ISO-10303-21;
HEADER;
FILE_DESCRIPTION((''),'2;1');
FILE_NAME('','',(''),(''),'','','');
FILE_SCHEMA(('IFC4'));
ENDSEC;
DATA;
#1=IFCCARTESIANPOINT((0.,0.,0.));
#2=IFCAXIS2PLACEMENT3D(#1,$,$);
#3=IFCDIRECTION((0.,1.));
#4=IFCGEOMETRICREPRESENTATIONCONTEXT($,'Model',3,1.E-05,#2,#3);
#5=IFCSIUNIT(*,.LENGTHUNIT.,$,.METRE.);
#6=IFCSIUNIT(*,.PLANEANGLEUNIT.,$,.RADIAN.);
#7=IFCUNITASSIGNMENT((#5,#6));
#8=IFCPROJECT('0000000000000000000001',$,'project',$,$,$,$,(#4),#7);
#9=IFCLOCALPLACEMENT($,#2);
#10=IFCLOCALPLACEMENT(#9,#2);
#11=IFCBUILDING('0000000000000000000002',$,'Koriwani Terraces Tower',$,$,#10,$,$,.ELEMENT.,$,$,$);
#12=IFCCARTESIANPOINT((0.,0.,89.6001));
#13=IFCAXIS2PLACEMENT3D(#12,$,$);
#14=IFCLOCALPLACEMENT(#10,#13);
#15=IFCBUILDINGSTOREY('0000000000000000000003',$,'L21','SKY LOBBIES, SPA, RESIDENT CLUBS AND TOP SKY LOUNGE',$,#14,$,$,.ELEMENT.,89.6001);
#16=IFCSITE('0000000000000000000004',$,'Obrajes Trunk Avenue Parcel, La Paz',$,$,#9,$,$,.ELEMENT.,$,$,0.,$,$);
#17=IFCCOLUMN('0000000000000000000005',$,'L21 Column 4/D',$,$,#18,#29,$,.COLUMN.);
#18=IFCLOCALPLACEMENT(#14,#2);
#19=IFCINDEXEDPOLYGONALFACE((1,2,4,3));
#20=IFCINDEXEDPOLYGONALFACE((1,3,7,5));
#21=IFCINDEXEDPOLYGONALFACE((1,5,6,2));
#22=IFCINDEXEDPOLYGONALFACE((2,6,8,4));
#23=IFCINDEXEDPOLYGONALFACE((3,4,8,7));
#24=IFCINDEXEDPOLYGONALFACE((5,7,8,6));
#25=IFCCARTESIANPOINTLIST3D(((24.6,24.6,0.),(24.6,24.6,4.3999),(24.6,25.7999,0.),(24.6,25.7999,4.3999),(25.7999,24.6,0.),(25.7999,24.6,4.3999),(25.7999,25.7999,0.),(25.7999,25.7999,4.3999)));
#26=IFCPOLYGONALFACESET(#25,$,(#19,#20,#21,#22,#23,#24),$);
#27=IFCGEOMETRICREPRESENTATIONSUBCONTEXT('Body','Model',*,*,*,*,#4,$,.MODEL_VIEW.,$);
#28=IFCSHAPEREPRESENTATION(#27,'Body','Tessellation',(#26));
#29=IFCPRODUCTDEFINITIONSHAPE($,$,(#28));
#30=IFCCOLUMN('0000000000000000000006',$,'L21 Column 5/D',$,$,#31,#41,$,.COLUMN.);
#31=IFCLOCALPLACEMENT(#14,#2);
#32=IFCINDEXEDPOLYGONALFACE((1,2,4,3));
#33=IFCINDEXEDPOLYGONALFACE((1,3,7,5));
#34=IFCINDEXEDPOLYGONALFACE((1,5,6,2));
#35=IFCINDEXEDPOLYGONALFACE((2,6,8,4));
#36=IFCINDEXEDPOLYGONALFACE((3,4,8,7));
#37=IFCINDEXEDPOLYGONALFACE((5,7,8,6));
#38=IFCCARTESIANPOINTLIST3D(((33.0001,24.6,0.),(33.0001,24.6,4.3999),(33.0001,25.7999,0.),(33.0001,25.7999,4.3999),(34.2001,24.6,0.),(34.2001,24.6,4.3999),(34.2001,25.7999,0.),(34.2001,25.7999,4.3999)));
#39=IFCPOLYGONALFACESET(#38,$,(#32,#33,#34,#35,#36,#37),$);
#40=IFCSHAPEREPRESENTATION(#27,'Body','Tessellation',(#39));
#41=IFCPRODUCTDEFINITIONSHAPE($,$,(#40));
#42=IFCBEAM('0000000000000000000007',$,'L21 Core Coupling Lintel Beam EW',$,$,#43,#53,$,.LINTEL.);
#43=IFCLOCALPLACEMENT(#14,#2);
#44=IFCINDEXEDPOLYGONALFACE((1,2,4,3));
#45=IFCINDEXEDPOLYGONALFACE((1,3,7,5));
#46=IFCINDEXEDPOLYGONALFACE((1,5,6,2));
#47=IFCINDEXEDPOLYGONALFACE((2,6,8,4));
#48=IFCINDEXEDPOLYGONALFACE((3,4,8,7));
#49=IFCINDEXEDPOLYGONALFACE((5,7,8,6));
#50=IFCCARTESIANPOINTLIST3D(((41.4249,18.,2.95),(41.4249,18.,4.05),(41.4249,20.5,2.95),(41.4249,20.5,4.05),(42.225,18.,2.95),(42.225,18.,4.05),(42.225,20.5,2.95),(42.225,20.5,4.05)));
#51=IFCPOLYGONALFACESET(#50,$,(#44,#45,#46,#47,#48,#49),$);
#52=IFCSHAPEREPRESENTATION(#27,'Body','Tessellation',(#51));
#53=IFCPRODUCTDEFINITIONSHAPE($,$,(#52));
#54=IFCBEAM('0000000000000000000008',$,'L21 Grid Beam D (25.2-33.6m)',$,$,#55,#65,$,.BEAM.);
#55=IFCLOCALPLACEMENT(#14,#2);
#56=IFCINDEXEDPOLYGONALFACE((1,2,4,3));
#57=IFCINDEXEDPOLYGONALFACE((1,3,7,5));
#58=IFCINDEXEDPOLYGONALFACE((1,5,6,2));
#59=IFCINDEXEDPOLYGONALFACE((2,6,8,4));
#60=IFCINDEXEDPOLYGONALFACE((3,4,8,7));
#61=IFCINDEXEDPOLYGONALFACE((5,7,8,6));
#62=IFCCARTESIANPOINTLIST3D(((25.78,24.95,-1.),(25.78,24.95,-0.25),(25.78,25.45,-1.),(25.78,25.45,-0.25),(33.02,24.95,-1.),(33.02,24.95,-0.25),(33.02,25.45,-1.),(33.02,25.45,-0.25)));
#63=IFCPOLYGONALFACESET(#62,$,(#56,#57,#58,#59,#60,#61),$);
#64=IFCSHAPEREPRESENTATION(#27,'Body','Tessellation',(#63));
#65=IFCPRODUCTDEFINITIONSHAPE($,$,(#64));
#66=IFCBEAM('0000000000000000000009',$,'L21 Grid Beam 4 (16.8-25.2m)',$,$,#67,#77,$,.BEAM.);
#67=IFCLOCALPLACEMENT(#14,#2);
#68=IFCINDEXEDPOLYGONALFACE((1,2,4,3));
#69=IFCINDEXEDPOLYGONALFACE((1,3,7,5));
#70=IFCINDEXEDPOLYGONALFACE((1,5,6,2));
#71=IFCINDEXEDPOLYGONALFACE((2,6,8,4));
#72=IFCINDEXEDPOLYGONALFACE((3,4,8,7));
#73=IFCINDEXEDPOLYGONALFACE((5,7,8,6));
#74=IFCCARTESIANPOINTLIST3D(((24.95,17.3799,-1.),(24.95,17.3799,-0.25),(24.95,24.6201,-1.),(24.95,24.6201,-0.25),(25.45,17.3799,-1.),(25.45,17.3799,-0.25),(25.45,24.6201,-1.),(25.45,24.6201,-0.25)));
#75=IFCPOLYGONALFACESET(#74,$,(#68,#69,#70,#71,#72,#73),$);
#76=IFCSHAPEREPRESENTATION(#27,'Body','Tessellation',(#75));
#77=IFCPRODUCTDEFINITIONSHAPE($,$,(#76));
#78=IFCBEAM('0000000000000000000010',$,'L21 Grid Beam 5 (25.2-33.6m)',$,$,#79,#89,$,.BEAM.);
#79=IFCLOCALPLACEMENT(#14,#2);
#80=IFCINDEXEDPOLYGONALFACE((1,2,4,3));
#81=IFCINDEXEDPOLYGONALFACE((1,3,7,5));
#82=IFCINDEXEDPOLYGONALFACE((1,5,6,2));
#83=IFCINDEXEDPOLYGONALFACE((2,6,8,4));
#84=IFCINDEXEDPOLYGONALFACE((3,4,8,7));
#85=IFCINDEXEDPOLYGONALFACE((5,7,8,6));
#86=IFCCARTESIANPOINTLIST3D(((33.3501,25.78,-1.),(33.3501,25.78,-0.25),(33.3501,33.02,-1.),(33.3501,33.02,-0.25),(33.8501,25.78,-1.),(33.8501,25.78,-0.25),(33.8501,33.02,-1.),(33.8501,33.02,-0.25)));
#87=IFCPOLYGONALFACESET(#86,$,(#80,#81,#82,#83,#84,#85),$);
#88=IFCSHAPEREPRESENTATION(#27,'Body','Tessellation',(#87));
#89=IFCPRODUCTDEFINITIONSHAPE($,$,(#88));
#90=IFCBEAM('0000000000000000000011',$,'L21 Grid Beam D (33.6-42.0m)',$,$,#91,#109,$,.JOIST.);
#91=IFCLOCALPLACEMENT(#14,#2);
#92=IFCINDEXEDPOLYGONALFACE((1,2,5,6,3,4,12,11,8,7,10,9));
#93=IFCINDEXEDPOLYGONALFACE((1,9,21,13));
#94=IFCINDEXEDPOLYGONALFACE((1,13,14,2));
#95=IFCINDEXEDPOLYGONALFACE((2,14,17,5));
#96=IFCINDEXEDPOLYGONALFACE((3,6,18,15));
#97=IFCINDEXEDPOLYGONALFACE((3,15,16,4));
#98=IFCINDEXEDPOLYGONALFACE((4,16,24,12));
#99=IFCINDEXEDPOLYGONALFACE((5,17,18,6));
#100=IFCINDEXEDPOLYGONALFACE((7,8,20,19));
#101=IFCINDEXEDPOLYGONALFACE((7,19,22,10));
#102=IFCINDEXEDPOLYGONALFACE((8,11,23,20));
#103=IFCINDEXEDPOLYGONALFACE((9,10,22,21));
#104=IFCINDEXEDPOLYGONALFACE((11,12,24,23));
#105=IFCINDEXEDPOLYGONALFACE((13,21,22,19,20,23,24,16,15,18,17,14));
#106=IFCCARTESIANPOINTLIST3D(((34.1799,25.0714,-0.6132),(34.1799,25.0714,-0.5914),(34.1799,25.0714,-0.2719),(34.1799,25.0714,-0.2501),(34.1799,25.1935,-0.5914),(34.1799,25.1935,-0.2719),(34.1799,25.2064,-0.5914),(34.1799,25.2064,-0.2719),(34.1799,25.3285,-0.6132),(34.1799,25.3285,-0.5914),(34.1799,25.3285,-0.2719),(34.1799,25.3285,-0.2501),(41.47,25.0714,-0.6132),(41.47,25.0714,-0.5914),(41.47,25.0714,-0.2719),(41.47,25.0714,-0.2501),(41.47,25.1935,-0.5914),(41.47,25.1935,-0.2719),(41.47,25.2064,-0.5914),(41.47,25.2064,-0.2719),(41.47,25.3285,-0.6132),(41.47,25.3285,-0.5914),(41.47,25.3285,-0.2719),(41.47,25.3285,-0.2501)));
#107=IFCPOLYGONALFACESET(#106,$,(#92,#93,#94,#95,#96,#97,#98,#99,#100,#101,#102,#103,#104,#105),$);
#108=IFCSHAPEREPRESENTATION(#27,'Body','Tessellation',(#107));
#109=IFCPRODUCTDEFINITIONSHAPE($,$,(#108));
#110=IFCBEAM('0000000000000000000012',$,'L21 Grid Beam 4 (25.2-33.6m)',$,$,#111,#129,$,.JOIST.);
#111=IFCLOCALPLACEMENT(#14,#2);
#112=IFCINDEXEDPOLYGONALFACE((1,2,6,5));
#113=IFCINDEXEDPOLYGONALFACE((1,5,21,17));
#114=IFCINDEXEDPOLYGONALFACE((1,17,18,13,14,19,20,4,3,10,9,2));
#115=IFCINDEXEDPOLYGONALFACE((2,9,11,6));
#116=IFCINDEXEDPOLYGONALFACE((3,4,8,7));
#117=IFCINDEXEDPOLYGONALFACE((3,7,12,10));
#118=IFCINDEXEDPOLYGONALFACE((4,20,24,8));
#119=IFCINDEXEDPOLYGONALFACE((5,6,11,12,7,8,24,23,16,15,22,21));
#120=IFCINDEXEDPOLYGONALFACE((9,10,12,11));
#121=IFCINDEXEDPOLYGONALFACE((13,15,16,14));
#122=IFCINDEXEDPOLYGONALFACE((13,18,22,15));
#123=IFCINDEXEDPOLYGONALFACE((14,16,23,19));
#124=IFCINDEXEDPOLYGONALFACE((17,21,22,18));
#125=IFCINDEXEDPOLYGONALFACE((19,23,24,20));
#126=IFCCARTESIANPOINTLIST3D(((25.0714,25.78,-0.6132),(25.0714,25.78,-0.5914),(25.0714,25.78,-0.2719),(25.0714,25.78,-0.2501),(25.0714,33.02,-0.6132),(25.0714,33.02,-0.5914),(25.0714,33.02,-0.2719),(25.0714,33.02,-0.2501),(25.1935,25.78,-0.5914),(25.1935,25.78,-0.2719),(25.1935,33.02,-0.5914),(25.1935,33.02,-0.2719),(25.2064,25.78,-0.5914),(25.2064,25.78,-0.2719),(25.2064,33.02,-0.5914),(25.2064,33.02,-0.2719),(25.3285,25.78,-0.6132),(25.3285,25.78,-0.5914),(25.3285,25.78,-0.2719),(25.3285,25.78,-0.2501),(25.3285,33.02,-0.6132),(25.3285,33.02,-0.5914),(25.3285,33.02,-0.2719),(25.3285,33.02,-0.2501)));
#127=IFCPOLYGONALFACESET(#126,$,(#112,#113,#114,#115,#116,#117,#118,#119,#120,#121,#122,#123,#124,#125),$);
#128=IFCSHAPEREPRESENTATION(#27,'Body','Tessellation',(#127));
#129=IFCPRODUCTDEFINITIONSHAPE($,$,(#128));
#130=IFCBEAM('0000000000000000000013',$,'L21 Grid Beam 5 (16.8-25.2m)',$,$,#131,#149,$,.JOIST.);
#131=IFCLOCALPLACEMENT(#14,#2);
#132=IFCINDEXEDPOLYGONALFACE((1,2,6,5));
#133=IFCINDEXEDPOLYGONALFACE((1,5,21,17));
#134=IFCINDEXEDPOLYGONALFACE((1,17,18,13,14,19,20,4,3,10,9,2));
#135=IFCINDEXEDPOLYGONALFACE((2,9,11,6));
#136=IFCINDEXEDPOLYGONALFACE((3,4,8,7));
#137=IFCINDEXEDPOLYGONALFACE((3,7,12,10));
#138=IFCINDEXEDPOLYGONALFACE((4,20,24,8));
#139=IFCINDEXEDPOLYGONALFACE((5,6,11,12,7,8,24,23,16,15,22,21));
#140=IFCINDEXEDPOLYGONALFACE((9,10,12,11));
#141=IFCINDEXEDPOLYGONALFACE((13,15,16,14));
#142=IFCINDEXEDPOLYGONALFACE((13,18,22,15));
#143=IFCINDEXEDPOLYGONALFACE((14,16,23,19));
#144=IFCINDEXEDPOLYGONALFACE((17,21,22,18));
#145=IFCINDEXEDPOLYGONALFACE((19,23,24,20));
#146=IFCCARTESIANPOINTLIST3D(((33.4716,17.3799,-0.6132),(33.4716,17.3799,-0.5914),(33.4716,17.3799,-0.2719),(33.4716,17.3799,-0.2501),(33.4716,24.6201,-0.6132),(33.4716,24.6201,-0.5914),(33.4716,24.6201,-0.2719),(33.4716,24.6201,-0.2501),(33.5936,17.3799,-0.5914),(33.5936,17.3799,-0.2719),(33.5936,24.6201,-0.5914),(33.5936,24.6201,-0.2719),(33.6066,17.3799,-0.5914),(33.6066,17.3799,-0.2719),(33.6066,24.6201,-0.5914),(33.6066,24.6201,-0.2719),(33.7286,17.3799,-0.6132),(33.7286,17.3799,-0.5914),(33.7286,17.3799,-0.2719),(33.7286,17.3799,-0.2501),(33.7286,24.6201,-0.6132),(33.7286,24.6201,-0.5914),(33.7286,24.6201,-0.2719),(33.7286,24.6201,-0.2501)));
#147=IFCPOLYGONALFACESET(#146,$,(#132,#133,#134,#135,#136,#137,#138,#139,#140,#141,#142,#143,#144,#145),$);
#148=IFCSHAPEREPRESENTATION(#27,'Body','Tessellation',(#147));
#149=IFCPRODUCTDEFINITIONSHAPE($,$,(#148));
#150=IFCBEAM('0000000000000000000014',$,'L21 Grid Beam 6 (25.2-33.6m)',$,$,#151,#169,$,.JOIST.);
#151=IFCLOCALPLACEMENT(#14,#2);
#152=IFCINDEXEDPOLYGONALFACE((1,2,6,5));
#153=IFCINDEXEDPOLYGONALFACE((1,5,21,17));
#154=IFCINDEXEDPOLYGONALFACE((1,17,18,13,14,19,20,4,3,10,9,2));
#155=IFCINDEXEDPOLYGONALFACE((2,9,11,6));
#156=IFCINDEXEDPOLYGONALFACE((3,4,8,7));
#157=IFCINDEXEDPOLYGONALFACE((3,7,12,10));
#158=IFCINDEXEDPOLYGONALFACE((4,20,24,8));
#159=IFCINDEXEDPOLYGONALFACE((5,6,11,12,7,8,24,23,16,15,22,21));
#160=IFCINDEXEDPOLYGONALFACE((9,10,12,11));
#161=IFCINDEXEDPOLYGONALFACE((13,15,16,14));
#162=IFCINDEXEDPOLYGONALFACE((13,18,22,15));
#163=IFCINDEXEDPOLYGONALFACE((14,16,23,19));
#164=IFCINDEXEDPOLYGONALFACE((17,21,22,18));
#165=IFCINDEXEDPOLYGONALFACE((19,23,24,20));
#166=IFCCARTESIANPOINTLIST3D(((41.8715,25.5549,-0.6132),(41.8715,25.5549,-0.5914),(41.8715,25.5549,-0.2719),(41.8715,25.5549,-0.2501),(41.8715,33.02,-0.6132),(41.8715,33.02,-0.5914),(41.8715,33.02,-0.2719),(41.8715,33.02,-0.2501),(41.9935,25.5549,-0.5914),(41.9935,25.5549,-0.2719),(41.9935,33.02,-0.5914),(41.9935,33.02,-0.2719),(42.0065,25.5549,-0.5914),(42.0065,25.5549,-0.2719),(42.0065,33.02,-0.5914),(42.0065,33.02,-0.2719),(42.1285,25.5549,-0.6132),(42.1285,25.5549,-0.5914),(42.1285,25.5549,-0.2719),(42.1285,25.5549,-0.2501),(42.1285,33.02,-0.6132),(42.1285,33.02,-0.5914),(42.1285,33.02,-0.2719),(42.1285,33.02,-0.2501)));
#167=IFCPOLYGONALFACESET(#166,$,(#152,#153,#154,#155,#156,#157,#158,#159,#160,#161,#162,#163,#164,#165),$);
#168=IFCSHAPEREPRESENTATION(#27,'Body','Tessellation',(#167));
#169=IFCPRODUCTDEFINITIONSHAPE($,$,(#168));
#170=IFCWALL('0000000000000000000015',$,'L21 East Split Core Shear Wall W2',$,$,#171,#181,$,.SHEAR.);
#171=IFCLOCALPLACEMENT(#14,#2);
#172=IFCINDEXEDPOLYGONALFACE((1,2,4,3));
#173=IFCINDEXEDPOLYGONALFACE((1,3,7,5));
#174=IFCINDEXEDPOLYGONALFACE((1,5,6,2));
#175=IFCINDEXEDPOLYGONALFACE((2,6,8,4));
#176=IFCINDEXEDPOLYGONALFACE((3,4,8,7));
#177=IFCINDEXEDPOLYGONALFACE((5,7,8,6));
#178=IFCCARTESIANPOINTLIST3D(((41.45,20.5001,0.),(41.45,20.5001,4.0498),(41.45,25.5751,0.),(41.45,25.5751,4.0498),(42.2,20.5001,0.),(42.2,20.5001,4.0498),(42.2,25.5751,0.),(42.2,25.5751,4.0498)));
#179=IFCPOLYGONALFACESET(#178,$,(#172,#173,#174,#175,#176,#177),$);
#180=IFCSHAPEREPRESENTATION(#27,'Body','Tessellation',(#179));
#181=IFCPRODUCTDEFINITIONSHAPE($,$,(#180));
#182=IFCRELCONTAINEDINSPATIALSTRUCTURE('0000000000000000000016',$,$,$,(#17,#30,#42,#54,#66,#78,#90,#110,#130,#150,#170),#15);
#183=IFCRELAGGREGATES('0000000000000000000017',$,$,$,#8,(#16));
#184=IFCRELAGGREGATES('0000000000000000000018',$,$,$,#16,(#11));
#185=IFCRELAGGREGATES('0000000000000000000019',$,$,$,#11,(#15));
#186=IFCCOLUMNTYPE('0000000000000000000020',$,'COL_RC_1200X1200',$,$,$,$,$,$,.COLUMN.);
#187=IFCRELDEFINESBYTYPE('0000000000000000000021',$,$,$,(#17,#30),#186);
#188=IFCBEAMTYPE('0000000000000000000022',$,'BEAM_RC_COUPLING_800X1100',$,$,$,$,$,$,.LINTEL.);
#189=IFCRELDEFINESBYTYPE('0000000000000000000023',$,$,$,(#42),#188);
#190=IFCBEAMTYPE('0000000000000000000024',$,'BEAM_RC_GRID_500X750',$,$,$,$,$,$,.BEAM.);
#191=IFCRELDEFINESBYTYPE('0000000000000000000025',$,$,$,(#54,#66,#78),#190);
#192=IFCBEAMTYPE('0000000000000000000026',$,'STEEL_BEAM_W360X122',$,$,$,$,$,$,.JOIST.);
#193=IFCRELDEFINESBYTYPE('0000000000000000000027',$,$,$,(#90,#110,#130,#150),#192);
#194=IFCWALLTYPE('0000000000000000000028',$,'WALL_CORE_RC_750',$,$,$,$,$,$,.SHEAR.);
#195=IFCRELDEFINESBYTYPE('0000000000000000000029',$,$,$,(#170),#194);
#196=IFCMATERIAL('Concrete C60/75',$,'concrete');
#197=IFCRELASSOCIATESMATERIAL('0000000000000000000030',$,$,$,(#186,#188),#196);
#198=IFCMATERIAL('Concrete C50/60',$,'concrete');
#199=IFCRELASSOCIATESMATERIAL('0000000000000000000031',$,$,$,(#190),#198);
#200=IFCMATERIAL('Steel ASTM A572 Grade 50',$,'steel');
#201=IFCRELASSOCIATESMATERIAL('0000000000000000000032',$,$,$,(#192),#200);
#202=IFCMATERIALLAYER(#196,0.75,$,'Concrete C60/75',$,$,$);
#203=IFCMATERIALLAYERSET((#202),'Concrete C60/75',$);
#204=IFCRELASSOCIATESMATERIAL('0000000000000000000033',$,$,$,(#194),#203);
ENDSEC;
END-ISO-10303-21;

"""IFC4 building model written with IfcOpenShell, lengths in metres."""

from ifc_helpers import new_model, si_unit, direction, frame, frame_2d, origin, origin_2d, place, context, subcontext, project, spatial, rectangle, i_section, extrude, material, layer, layer_set, material_profile, profile_set, type_object, element, save


model = new_model("IFC4")

# Units and contexts
model_context = context("Model", 3, precision=1e-05, world=origin(), true_north=direction((0.0, 1.0)))
body_context = subcontext(model_context, "Body", "Model", "MODEL_VIEW")
ifc_project = project(units=[si_unit("LENGTHUNIT", "METRE"), si_unit("PLANEANGLEUNIT", "RADIAN")], contexts=[model_context])

# Site, building, storey
site_placement = place(None, origin())
site = spatial("IfcSite", under=ifc_project, at=site_placement, Name="Obrajes Trunk Avenue Parcel, La Paz", CompositionType="ELEMENT", RefElevation=0.0)
building_placement = place(site_placement, origin())
building = spatial("IfcBuilding", under=site, at=building_placement, Name="Koriwani Terraces Tower", CompositionType="ELEMENT")
storey_placement = place(building_placement, frame((0.0, 0.0, 89.6001)))
storey = spatial("IfcBuildingStorey", under=building, at=storey_placement, Name="L21", Description="SKY LOBBIES, SPA, RESIDENT CLUBS AND TOP SKY LOUNGE", CompositionType="ELEMENT", Elevation=89.6001)

# Columns
ifc_material_1 = material(Name="Concrete C60/75", Category="concrete")
ifc_material_profile_1 = material_profile(ifc_material_1, rectangle(XDim=1.2, YDim=1.2, at=origin_2d()), Name="Concrete C60/75", Category="LoadBearing")
ifc_profile_set_1 = profile_set([ifc_material_profile_1], Name="Concrete C60/75")
column_type = type_object("IfcColumnType", Name="COL_RC_1200X1200", PredefinedType="COLUMN", material=ifc_profile_set_1)
for number, where, z_axis, x_axis, name in (
    (1, (25.2, 25.2, 0.0), (0.0, 0.0, 1.0), (1.0, 0.0, 0.0), "L21 Column 4/D"),
    (2, (33.6001, 25.2, 0.0), (0.0, 0.0, 1.0), (1.0, 0.0, 0.0), "L21 Column 5/D"),
):
    element("IfcColumn", number, at=place(storey_placement, frame(where, z_axis=z_axis, x_axis=x_axis)), inside=storey, type_object=column_type, Name=name, PredefinedType="COLUMN", context=body_context, shape_type="SweptSolid", body=[
        extrude(rectangle(XDim=1.2, YDim=1.2, at=origin_2d()), origin(), (0.0, 0.0, 1.0), 4.3999),
    ])

# Beams
ifc_material_profile_2 = material_profile(ifc_material_1, rectangle(XDim=0.8, YDim=1.1001, at=origin_2d()), Name="Concrete C60/75", Category="LoadBearing")
ifc_profile_set_2 = profile_set([ifc_material_profile_2], Name="Concrete C60/75")
beam_type_1 = type_object("IfcBeamType", Name="BEAM_RC_COUPLING_800X1100", PredefinedType="LINTEL", material=ifc_profile_set_2)
beam_1_placement = place(storey_placement, frame((41.825, 18.0, 3.5), z_axis=(0.0, 1.0, 0.0), x_axis=(-1.0, 0.0, 0.0)))
element("IfcBeam", 3, at=beam_1_placement, inside=storey, type_object=beam_type_1, Name="L21 Core Coupling Lintel Beam EW", PredefinedType="LINTEL", context=body_context, shape_type="SweptSolid", body=[
    extrude(rectangle(XDim=0.8, YDim=1.1001, at=origin_2d()), origin(), (0.0, 0.0, 1.0), 2.5),
])
ifc_material_2 = material(Name="Concrete C50/60", Category="concrete")
ifc_material_profile_3 = material_profile(ifc_material_2, rectangle(XDim=0.5, YDim=0.75, at=origin_2d()), Name="Concrete C50/60", Category="LoadBearing")
ifc_profile_set_3 = profile_set([ifc_material_profile_3], Name="Concrete C50/60")
beam_type_2 = type_object("IfcBeamType", Name="BEAM_RC_GRID_500X750", PredefinedType="BEAM", material=ifc_profile_set_3)
beam_2_placement = place(storey_placement, frame((25.78, 25.2, -0.625), z_axis=(1.0, 0.0, 0.0), x_axis=(0.0, 1.0, 0.0)))
element("IfcBeam", 4, at=beam_2_placement, inside=storey, type_object=beam_type_2, Name="L21 Grid Beam D (25.2-33.6m)", PredefinedType="BEAM", context=body_context, shape_type="SweptSolid", body=[
    extrude(rectangle(XDim=0.5, YDim=0.75, at=origin_2d()), origin(), (0.0, 0.0, 1.0), 7.24),
])
beam_3_placement = place(storey_placement, frame((25.2, 17.3799, -0.625), z_axis=(0.0, 1.0, 0.0), x_axis=(-1.0, 0.0, 0.0)))
element("IfcBeam", 5, at=beam_3_placement, inside=storey, type_object=beam_type_2, Name="L21 Grid Beam 4 (16.8-25.2m)", PredefinedType="BEAM", context=body_context, shape_type="SweptSolid", body=[
    extrude(rectangle(XDim=0.5, YDim=0.75, at=origin_2d()), origin(), (0.0, 0.0, 1.0), 7.2402),
])
beam_4_placement = place(storey_placement, frame((33.6001, 25.78, -0.625), z_axis=(0.0, 1.0, 0.0), x_axis=(-1.0, 0.0, 0.0)))
element("IfcBeam", 6, at=beam_4_placement, inside=storey, type_object=beam_type_2, Name="L21 Grid Beam 5 (25.2-33.6m)", PredefinedType="BEAM", context=body_context, shape_type="SweptSolid", body=[
    extrude(rectangle(XDim=0.5, YDim=0.75, at=origin_2d()), origin(), (0.0, 0.0, 1.0), 7.24),
])
ifc_material_3 = material(Name="Steel ASTM A572 Grade 50", Category="steel")
ifc_material_profile_4 = material_profile(ifc_material_3, i_section(OverallWidth=0.2571, OverallDepth=0.363, WebThickness=0.0129, FlangeThickness=0.0217, at=origin_2d()), Name="Steel ASTM A572 Grade 50", Category="LoadBearing")
ifc_profile_set_4 = profile_set([ifc_material_profile_4], Name="Steel ASTM A572 Grade 50")
beam_type_3 = type_object("IfcBeamType", Name="STEEL_BEAM_W360X122", PredefinedType="JOIST", material=ifc_profile_set_4)
beam_5_placement = place(storey_placement, frame((34.1799, 25.2, -0.4316), z_axis=(1.0, 0.0, 0.0), x_axis=(0.0, 1.0, 0.0)))
element("IfcBeam", 7, at=beam_5_placement, inside=storey, type_object=beam_type_3, Name="L21 Grid Beam D (33.6-42.0m)", PredefinedType="JOIST", context=body_context, shape_type="SweptSolid", body=[
    extrude(i_section(OverallWidth=0.2571, OverallDepth=0.363, WebThickness=0.0129, FlangeThickness=0.0217, at=origin_2d()), origin(), (0.0, 0.0, 1.0), 7.29),
])
beam_6_placement = place(storey_placement, frame((25.2, 25.78, -0.4316), z_axis=(0.0, 1.0, 0.0), x_axis=(-1.0, 0.0, 0.0)))
element("IfcBeam", 8, at=beam_6_placement, inside=storey, type_object=beam_type_3, Name="L21 Grid Beam 4 (25.2-33.6m)", PredefinedType="JOIST", context=body_context, shape_type="SweptSolid", body=[
    extrude(i_section(OverallWidth=0.2571, OverallDepth=0.363, WebThickness=0.0129, FlangeThickness=0.0217, at=origin_2d()), origin(), (0.0, 0.0, 1.0), 7.24),
])
beam_7_placement = place(storey_placement, frame((33.6001, 17.3799, -0.4316), z_axis=(0.0, 1.0, 0.0), x_axis=(-1.0, 0.0, 0.0)))
element("IfcBeam", 9, at=beam_7_placement, inside=storey, type_object=beam_type_3, Name="L21 Grid Beam 5 (16.8-25.2m)", PredefinedType="JOIST", context=body_context, shape_type="SweptSolid", body=[
    extrude(i_section(OverallWidth=0.2571, OverallDepth=0.363, WebThickness=0.0129, FlangeThickness=0.0217, at=origin_2d()), origin(), (0.0, 0.0, 1.0), 7.2402),
])
beam_8_placement = place(storey_placement, frame((42.0, 25.5549, -0.4316), z_axis=(0.0, 1.0, 0.0), x_axis=(-1.0, 0.0, 0.0)))
element("IfcBeam", 10, at=beam_8_placement, inside=storey, type_object=beam_type_3, Name="L21 Grid Beam 6 (25.2-33.6m)", PredefinedType="JOIST", context=body_context, shape_type="SweptSolid", body=[
    extrude(i_section(OverallWidth=0.2571, OverallDepth=0.363, WebThickness=0.0129, FlangeThickness=0.0217, at=origin_2d()), origin(), (0.0, 0.0, 1.0), 7.4651),
])

# Wall
ifc_layer_1 = layer(ifc_material_1, 0.75, Name="Concrete C60/75")
ifc_layer_set_1 = layer_set([ifc_layer_1], Name="Concrete C60/75")
wall_type_1 = type_object("IfcWallType", Name="WALL_CORE_RC_750", PredefinedType="SHEAR", material=ifc_layer_set_1)
wall_1_placement = place(storey_placement, frame((41.825, 20.5, 0.0), z_axis=(0.0, 0.0, 1.0), x_axis=(0.0, 1.0, 0.0)))
element("IfcWall", 11, at=wall_1_placement, inside=storey, type_object=wall_type_1, Name="L21 East Split Core Shear Wall W2", PredefinedType="SHEAR", context=body_context, shape_type="SweptSolid", body=[
    extrude(rectangle(XDim=5.075, YDim=0.75, at=frame_2d((2.5376, 0.0))), origin(), (0.0, 0.0, 1.0), 4.0498),
])

save(model, "model.ifc")
